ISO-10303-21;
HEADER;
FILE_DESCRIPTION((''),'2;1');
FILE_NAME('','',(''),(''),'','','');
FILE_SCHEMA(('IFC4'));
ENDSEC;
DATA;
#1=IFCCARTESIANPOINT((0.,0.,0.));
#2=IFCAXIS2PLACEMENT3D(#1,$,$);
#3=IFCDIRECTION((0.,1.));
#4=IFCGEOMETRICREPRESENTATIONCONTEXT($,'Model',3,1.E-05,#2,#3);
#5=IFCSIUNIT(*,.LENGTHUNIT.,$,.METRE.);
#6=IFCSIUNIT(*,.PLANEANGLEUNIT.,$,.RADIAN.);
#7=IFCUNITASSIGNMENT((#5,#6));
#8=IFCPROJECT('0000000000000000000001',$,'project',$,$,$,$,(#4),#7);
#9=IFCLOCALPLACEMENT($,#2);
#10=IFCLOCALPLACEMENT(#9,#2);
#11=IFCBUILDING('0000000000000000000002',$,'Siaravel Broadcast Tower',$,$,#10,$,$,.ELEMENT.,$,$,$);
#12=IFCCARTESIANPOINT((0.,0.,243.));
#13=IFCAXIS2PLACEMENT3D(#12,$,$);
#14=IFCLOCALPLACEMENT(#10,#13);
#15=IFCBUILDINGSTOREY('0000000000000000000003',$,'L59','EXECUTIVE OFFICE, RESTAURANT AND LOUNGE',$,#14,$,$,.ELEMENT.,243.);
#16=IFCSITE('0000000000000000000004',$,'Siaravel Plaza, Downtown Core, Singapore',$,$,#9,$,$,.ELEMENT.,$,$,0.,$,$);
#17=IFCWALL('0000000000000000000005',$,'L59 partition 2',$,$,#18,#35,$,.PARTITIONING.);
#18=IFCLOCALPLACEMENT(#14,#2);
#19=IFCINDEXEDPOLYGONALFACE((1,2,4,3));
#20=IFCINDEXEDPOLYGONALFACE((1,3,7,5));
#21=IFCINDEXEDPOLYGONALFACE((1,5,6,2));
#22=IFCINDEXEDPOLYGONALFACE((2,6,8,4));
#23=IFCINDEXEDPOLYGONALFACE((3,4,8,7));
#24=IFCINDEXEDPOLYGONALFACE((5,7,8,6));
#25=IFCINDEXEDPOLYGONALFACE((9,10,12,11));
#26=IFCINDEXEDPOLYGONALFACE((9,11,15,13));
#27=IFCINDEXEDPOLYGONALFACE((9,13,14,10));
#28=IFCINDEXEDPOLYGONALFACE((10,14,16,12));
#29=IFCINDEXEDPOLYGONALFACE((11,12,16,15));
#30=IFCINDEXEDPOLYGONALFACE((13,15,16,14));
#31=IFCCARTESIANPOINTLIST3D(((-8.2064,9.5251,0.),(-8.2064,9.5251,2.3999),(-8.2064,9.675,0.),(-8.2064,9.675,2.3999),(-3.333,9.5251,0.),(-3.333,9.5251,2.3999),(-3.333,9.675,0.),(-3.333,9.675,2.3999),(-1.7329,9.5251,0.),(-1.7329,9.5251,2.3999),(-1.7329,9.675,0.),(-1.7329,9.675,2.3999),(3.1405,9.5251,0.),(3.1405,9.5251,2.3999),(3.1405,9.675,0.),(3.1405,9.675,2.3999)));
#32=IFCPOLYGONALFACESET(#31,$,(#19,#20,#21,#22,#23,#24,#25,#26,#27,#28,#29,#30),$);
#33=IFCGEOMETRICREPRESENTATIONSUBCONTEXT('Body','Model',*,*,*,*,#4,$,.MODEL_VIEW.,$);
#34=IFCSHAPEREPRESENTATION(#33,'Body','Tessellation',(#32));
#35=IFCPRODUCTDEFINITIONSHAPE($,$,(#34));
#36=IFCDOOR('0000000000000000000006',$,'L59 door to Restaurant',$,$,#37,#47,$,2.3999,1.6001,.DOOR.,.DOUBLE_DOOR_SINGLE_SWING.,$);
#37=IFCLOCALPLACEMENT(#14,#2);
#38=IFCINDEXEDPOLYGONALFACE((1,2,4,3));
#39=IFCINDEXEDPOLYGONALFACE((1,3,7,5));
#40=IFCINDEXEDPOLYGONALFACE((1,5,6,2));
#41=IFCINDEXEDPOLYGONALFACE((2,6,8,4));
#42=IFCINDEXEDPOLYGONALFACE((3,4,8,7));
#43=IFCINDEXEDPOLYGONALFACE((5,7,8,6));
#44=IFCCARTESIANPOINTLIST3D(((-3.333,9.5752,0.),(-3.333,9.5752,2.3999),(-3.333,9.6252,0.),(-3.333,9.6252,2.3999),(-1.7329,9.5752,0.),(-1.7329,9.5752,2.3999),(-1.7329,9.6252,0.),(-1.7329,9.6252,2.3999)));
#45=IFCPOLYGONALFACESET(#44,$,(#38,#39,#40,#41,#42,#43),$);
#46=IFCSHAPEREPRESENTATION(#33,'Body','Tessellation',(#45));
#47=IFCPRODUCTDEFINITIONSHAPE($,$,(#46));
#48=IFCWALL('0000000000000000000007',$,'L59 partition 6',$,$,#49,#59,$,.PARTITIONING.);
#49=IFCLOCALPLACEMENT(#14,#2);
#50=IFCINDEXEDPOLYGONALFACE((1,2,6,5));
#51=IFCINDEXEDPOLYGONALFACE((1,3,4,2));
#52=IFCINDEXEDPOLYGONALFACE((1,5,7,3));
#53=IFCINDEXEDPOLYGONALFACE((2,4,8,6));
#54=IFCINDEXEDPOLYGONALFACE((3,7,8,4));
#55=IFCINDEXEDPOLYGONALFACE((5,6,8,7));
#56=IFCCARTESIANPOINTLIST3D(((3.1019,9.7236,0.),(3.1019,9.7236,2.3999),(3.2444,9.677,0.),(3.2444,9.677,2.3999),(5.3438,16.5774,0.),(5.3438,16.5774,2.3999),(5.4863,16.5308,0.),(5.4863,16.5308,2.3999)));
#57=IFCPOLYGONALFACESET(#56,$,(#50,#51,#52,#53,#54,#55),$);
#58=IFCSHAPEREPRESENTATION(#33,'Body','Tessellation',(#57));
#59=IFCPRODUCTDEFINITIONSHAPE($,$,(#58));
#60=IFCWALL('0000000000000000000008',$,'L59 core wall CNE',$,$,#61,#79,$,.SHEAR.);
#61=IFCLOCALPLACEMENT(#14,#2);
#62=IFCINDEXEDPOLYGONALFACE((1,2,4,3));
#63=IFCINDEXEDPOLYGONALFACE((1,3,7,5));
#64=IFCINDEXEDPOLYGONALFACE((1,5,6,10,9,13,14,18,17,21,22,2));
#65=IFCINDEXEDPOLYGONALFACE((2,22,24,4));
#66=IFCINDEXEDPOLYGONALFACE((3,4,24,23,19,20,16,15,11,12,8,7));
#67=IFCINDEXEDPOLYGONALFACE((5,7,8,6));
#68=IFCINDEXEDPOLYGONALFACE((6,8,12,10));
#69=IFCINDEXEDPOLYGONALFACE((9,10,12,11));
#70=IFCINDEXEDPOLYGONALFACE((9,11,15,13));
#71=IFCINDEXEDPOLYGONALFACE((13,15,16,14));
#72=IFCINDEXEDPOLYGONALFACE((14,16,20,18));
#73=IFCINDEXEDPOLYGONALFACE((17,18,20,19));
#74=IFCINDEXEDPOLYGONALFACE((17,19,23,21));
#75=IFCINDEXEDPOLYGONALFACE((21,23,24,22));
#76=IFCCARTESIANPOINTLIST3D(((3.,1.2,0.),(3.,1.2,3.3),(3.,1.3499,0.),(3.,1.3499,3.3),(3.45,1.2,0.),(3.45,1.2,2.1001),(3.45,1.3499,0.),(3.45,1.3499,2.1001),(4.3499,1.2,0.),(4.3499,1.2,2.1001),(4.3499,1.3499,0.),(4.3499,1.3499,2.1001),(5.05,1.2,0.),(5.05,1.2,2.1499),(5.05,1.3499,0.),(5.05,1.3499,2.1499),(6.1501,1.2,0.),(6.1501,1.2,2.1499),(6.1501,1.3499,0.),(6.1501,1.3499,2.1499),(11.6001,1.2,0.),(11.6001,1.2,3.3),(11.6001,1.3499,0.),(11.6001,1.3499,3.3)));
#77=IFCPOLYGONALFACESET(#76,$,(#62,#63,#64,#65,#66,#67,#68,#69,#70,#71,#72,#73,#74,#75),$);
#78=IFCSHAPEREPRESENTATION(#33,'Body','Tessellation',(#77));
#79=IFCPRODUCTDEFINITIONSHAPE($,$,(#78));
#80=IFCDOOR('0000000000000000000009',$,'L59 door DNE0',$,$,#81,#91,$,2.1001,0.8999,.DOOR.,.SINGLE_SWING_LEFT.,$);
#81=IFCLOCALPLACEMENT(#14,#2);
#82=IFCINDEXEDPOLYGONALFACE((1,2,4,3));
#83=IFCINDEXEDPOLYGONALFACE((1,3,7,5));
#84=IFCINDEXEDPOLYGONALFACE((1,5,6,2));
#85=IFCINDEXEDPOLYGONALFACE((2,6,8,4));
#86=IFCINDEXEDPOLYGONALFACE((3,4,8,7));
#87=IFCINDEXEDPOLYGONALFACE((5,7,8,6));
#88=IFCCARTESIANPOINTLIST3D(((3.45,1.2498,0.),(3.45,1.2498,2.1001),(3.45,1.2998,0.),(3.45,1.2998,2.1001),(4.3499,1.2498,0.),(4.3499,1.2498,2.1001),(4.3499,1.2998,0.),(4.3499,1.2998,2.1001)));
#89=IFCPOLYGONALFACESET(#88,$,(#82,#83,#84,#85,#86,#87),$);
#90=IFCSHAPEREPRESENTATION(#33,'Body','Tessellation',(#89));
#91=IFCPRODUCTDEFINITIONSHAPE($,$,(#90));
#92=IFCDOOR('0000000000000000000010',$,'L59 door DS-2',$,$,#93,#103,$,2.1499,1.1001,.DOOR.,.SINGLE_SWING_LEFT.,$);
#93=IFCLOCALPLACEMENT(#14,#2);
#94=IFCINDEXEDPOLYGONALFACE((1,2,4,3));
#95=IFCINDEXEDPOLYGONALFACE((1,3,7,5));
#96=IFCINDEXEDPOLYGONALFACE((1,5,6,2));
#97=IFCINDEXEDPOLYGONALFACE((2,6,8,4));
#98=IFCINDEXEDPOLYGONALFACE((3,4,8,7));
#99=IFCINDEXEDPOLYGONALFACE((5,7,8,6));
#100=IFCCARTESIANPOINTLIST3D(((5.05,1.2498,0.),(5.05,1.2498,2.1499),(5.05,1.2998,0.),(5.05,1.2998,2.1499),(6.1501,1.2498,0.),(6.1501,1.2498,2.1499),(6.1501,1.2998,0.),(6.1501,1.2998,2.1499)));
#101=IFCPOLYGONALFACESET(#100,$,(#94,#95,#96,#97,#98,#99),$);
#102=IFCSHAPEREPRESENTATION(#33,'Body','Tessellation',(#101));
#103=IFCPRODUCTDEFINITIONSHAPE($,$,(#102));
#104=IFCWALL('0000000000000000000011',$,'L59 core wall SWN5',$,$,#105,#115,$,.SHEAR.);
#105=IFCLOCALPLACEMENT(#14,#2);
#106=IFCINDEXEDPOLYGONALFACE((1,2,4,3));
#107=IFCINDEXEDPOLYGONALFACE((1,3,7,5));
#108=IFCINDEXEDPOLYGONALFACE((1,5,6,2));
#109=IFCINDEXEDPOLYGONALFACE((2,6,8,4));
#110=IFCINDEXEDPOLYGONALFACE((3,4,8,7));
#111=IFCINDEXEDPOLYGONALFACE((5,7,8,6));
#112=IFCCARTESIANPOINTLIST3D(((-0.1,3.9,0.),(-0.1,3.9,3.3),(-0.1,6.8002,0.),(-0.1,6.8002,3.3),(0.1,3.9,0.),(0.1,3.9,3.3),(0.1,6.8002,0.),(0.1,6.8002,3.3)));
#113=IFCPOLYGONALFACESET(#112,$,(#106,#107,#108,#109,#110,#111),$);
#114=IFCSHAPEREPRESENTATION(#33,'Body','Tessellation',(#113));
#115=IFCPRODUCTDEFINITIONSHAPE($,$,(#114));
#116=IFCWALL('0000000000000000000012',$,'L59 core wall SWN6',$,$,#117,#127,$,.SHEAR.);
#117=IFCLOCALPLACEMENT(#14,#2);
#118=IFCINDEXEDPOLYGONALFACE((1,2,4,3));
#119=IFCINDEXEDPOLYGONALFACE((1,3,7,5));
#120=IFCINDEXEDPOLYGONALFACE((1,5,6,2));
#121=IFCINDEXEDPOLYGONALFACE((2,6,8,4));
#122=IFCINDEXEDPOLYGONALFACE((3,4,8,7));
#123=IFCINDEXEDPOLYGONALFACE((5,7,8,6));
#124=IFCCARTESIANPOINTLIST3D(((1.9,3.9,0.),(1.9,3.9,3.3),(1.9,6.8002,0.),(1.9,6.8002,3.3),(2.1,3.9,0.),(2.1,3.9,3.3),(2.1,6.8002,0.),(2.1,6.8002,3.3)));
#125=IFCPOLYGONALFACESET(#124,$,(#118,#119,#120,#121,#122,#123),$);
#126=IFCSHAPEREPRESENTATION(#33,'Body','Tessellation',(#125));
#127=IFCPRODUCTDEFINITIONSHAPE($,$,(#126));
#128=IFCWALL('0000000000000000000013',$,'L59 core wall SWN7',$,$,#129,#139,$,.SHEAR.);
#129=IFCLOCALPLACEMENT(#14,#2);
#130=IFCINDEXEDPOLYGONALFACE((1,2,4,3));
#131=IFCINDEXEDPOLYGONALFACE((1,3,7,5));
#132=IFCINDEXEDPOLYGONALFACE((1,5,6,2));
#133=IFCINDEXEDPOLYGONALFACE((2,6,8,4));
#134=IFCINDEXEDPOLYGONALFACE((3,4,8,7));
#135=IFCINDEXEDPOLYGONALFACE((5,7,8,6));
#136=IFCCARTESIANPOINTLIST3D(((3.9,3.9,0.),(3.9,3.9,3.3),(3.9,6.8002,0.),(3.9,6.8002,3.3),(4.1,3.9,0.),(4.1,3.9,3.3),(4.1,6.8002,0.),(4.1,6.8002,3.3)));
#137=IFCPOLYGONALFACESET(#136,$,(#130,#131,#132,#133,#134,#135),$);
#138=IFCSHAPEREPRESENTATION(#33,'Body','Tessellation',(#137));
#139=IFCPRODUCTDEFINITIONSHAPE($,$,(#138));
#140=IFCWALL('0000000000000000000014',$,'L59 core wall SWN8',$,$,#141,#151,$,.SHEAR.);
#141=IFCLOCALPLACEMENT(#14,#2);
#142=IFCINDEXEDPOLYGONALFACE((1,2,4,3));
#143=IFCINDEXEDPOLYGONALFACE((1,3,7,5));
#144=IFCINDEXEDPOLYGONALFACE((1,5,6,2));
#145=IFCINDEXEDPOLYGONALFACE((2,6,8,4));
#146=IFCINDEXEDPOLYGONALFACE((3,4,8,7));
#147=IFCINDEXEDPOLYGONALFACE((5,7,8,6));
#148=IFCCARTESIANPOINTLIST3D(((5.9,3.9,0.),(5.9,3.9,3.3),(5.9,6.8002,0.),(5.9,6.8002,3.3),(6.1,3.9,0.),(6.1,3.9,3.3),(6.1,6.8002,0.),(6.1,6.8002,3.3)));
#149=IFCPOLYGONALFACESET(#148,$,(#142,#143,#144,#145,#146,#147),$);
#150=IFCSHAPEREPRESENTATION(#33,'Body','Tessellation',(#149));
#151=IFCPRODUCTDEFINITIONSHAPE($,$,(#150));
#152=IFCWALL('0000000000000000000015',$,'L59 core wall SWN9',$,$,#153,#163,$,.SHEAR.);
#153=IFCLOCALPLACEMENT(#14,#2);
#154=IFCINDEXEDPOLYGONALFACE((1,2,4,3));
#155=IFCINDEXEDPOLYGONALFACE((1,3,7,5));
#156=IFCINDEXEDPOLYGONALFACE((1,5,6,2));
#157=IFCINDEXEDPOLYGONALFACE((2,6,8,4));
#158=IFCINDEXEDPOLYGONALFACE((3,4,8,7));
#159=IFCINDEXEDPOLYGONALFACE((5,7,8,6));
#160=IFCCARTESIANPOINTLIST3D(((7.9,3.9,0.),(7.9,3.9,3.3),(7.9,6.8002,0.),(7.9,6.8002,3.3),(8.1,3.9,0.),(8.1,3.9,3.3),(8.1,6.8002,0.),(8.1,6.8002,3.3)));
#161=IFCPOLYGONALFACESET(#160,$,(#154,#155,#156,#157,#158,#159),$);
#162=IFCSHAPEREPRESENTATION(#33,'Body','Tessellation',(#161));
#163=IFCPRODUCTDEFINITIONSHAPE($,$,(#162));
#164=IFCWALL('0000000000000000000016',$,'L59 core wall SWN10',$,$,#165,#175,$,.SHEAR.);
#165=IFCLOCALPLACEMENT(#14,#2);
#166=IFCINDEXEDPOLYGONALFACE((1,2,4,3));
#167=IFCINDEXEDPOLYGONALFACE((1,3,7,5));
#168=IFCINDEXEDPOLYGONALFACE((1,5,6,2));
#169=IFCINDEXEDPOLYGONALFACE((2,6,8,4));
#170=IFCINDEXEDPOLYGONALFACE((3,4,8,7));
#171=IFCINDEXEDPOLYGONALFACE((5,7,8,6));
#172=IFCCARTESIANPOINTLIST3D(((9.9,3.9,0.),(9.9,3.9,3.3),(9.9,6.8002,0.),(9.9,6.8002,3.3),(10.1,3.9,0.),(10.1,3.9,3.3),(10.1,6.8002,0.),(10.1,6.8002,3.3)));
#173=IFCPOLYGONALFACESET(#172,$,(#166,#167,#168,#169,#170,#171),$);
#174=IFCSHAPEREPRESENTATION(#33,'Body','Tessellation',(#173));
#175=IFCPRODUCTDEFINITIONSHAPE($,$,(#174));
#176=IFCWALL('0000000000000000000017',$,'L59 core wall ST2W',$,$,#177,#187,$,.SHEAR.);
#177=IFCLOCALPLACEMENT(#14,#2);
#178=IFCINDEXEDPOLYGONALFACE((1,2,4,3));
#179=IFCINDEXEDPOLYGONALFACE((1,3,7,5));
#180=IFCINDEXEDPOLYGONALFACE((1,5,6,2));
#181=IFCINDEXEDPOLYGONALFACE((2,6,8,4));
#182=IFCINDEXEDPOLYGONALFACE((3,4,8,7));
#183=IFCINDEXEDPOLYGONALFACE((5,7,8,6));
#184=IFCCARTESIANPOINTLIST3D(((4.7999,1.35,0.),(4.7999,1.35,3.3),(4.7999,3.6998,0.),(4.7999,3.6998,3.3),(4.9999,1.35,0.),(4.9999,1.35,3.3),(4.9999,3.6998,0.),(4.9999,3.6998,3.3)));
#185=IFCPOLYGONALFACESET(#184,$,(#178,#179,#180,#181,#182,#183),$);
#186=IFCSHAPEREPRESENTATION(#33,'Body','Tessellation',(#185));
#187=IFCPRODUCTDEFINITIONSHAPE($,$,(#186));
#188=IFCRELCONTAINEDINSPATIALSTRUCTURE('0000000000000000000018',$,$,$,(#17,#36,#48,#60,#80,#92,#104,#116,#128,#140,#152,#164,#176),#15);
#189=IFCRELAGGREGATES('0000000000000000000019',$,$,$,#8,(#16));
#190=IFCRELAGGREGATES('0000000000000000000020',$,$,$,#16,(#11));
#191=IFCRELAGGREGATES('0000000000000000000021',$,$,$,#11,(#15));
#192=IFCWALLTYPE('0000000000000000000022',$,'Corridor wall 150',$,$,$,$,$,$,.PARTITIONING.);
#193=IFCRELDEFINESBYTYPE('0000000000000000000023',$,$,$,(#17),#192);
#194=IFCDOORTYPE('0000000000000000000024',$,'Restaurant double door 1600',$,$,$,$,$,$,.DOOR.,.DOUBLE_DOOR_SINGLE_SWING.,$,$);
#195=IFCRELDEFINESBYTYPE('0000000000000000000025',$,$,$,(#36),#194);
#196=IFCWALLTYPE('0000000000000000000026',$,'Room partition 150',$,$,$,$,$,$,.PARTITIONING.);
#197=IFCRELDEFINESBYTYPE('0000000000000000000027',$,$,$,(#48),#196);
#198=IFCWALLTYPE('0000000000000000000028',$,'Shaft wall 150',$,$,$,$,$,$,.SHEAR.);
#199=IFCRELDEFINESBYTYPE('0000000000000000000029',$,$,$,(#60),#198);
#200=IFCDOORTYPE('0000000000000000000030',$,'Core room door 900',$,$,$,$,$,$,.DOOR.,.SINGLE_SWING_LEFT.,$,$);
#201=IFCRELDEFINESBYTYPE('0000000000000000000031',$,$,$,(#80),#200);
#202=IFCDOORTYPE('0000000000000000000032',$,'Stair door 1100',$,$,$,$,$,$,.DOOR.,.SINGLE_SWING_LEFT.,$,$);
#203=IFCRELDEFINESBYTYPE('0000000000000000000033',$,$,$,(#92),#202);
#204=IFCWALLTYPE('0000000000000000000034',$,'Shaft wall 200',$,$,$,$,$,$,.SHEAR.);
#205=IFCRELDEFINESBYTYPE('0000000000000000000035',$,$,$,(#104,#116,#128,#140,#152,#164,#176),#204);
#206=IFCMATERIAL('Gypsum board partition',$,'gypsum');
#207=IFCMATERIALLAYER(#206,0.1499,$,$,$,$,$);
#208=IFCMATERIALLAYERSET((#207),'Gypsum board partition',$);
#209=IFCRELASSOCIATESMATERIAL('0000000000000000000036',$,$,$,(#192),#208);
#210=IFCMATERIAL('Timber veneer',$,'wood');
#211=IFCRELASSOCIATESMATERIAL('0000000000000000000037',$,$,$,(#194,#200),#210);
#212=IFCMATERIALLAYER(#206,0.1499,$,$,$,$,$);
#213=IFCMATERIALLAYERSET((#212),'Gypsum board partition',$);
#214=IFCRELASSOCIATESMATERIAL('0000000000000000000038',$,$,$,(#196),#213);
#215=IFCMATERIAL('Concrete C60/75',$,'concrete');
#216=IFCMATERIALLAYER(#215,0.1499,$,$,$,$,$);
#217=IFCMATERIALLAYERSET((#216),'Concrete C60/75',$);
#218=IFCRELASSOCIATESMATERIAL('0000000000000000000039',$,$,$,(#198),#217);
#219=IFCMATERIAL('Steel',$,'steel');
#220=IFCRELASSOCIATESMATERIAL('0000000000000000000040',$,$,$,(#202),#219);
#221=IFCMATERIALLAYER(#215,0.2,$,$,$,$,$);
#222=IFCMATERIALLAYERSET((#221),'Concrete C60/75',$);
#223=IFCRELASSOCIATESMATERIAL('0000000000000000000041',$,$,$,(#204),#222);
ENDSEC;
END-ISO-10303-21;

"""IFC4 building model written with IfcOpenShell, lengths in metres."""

from ifc_helpers import new_model, si_unit, direction, frame, frame_2d, origin, place, context, subcontext, project, spatial, rectangle, extrude, material, layer, layer_set, type_object, element, fill, save


model = new_model("IFC4")

# Units and contexts
model_context = context("Model", 3, precision=1e-05, world=origin(), true_north=direction((0.0, 1.0)))
body_context = subcontext(model_context, "Body", "Model", "MODEL_VIEW")
ifc_project = project(units=[si_unit("LENGTHUNIT", "METRE"), si_unit("PLANEANGLEUNIT", "RADIAN")], contexts=[model_context])

# Site, building, storey
site_placement = place(None, origin())
site = spatial("IfcSite", under=ifc_project, at=site_placement, Name="Siaravel Plaza, Downtown Core, Singapore", CompositionType="ELEMENT", RefElevation=0.0)
building_placement = place(site_placement, origin())
building = spatial("IfcBuilding", under=site, at=building_placement, Name="Siaravel Broadcast Tower", CompositionType="ELEMENT")
storey_placement = place(building_placement, frame((0.0, 0.0, 243.0)))
storey = spatial("IfcBuildingStorey", under=building, at=storey_placement, Name="L59", Description="EXECUTIVE OFFICE, RESTAURANT AND LOUNGE", CompositionType="ELEMENT", Elevation=243.0)

# Wall, opening, door
ifc_material_1 = material(Name="Gypsum board partition", Category="gypsum")
ifc_layer_1 = layer(ifc_material_1, 0.1499)
ifc_layer_set_1 = layer_set([ifc_layer_1], Name="Gypsum board partition")
wall_type_1 = type_object("IfcWallType", Name="Corridor wall 150", PredefinedType="PARTITIONING", material=ifc_layer_set_1)
wall_1_placement = place(storey_placement, frame((3.1404, 9.6001, 0.0), z_axis=(0.0, 0.0, 1.0), x_axis=(-1.0, 0.0, 0.0)))
wall_1 = element("IfcWall", 1, at=wall_1_placement, inside=storey, type_object=wall_type_1, Name="L59 partition 2", PredefinedType="PARTITIONING", context=body_context, shape_type="SweptSolid", body=[
    extrude(rectangle(XDim=11.3469, YDim=0.1499, at=frame_2d((5.6733, 0.0))), origin(), (0.0, 0.0, 1.0), 2.3999),
])
opening_1_placement = place(wall_1_placement, frame((4.8733, 0.0, 0.0)))
opening_1 = element("IfcOpeningElement", 2, at=opening_1_placement, cuts=wall_1, PredefinedType="OPENING", context=body_context, shape_type="SweptSolid", body=[
    extrude(rectangle(XDim=1.6001, YDim=2.3999, at=frame_2d((0.8, 1.2))), frame((0.0, 0.085, 0.0), z_axis=(0.0, -1.0, 0.0), x_axis=(1.0, 0.0, 0.0)), (0.0, 0.0, 1.0), 0.1699),
])
ifc_material_2 = material(Name="Timber veneer", Category="wood")
door_type_1 = type_object("IfcDoorType", Name="Restaurant double door 1600", OperationType="DOUBLE_DOOR_SINGLE_SWING", PredefinedType="DOOR", material=ifc_material_2)
door_1_placement = place(opening_1_placement, origin())
door_1 = element("IfcDoor", 3, at=door_1_placement, inside=storey, type_object=door_type_1, Name="L59 door to Restaurant", OperationType="DOUBLE_DOOR_SINGLE_SWING", OverallHeight=2.3999, OverallWidth=1.6001, PredefinedType="DOOR", context=body_context, shape_type="SweptSolid", body=[
    extrude(rectangle(XDim=1.6001, YDim=2.3999, at=frame_2d((0.8, 1.2))), frame((0.0, 0.0249, 0.0), z_axis=(0.0, -1.0, 0.0), x_axis=(1.0, 0.0, 0.0)), (0.0, 0.0, 1.0), 0.05),
])
fill(opening_1, door_1)

# Wall
ifc_layer_2 = layer(ifc_material_1, 0.1499)
ifc_layer_set_2 = layer_set([ifc_layer_2], Name="Gypsum board partition")
wall_type_2 = type_object("IfcWallType", Name="Room partition 150", PredefinedType="PARTITIONING", material=ifc_layer_set_2)
wall_2_placement = place(storey_placement, frame((5.415, 16.554, 0.0), z_axis=(0.0, 0.0, 1.0), x_axis=(-0.310901, -0.950442, 0.0)))
element("IfcWall", 4, at=wall_2_placement, inside=storey, type_object=wall_type_2, Name="L59 partition 6", PredefinedType="PARTITIONING", context=body_context, shape_type="SweptSolid", body=[
    extrude(rectangle(XDim=7.2112, YDim=0.1499, at=frame_2d((3.6055, 0.0))), origin(), (0.0, 0.0, 1.0), 2.3999),
])

# Wall, openings, doors
ifc_material_3 = material(Name="Concrete C60/75", Category="concrete")
ifc_layer_3 = layer(ifc_material_3, 0.1499)
ifc_layer_set_3 = layer_set([ifc_layer_3], Name="Concrete C60/75")
wall_type_3 = type_object("IfcWallType", Name="Shaft wall 150", PredefinedType="SHEAR", material=ifc_layer_set_3)
wall_3_placement = place(storey_placement, frame((3.0, 1.2749, 0.0), z_axis=(0.0, 0.0, 1.0), x_axis=(1.0, 0.0, 0.0)))
wall_3 = element("IfcWall", 5, at=wall_3_placement, inside=storey, type_object=wall_type_3, Name="L59 core wall CNE", PredefinedType="SHEAR", context=body_context, shape_type="SweptSolid", body=[
    extrude(rectangle(XDim=8.6001, YDim=0.1499, at=frame_2d((4.3, 0.0))), origin(), (0.0, 0.0, 1.0), 3.3),
])
opening_2_placement = place(wall_3_placement, frame((2.05, 0.0, 0.0)))
opening_2 = element("IfcOpeningElement", 6, at=opening_2_placement, cuts=wall_3, PredefinedType="OPENING", context=body_context, shape_type="SweptSolid", body=[
    extrude(rectangle(XDim=1.1001, YDim=2.1499, at=frame_2d((0.55, 1.075))), frame((0.0, 0.085, 0.0), z_axis=(0.0, -1.0, 0.0), x_axis=(1.0, 0.0, 0.0)), (0.0, 0.0, 1.0), 0.1699),
])
opening_3_placement = place(wall_3_placement, frame((0.45, 0.0, 0.0)))
opening_3 = element("IfcOpeningElement", 7, at=opening_3_placement, cuts=wall_3, PredefinedType="OPENING", context=body_context, shape_type="SweptSolid", body=[
    extrude(rectangle(XDim=0.8999, YDim=2.1001, at=frame_2d((0.45, 1.05))), frame((0.0, 0.085, 0.0), z_axis=(0.0, -1.0, 0.0), x_axis=(1.0, 0.0, 0.0)), (0.0, 0.0, 1.0), 0.1699),
])
door_type_2 = type_object("IfcDoorType", Name="Core room door 900", OperationType="SINGLE_SWING_LEFT", PredefinedType="DOOR", material=ifc_material_2)
door_2_placement = place(opening_3_placement, origin())
door_2 = element("IfcDoor", 8, at=door_2_placement, inside=storey, type_object=door_type_2, Name="L59 door DNE0", OperationType="SINGLE_SWING_LEFT", OverallHeight=2.1001, OverallWidth=0.8999, PredefinedType="DOOR", context=body_context, shape_type="SweptSolid", body=[
    extrude(rectangle(XDim=0.8999, YDim=2.1001, at=frame_2d((0.45, 1.05))), frame((0.0, 0.0249, 0.0), z_axis=(0.0, -1.0, 0.0), x_axis=(1.0, 0.0, 0.0)), (0.0, 0.0, 1.0), 0.05),
])
fill(opening_3, door_2)
ifc_material_4 = material(Name="Steel", Category="steel")
door_type_3 = type_object("IfcDoorType", Name="Stair door 1100", OperationType="SINGLE_SWING_LEFT", PredefinedType="DOOR", material=ifc_material_4)
door_3_placement = place(opening_2_placement, origin())
door_3 = element("IfcDoor", 9, at=door_3_placement, inside=storey, type_object=door_type_3, Name="L59 door DS-2", OperationType="SINGLE_SWING_LEFT", OverallHeight=2.1499, OverallWidth=1.1001, PredefinedType="DOOR", context=body_context, shape_type="SweptSolid", body=[
    extrude(rectangle(XDim=1.1001, YDim=2.1499, at=frame_2d((0.55, 1.075))), frame((0.0, 0.0249, 0.0), z_axis=(0.0, -1.0, 0.0), x_axis=(1.0, 0.0, 0.0)), (0.0, 0.0, 1.0), 0.05),
])
fill(opening_2, door_3)

# Walls
ifc_layer_4 = layer(ifc_material_3, 0.2)
ifc_layer_set_4 = layer_set([ifc_layer_4], Name="Concrete C60/75")
wall_type_4 = type_object("IfcWallType", Name="Shaft wall 200", PredefinedType="SHEAR", material=ifc_layer_set_4)
for number, where, z_axis, x_axis, name in (
    (10, (0.0, 3.8999, 0.0), (0.0, 0.0, 1.0), (0.0, 1.0, 0.0), "L59 core wall SWN5"),
    (11, (2.0, 3.8999, 0.0), (0.0, 0.0, 1.0), (0.0, 1.0, 0.0), "L59 core wall SWN6"),
    (12, (4.0, 3.8999, 0.0), (0.0, 0.0, 1.0), (0.0, 1.0, 0.0), "L59 core wall SWN7"),
    (13, (6.0, 3.8999, 0.0), (0.0, 0.0, 1.0), (0.0, 1.0, 0.0), "L59 core wall SWN8"),
    (14, (8.0, 3.8999, 0.0), (0.0, 0.0, 1.0), (0.0, 1.0, 0.0), "L59 core wall SWN9"),
    (15, (10.0, 3.8999, 0.0), (0.0, 0.0, 1.0), (0.0, 1.0, 0.0), "L59 core wall SWN10"),
):
    element("IfcWall", number, at=place(storey_placement, frame(where, z_axis=z_axis, x_axis=x_axis)), inside=storey, type_object=wall_type_4, Name=name, PredefinedType="SHEAR", context=body_context, shape_type="SweptSolid", body=[
        extrude(rectangle(XDim=2.9001, YDim=0.2, at=frame_2d((1.4502, 0.0))), origin(), (0.0, 0.0, 1.0), 3.3),
    ])
wall_4_placement = place(storey_placement, frame((4.8999, 1.3501, 0.0), z_axis=(0.0, 0.0, 1.0), x_axis=(0.0, 1.0, 0.0)))
element("IfcWall", 16, at=wall_4_placement, inside=storey, type_object=wall_type_4, Name="L59 core wall ST2W", PredefinedType="SHEAR", context=body_context, shape_type="SweptSolid", body=[
    extrude(rectangle(XDim=2.3499, YDim=0.2, at=frame_2d((1.1748, 0.0))), origin(), (0.0, 0.0, 1.0), 3.3),
])

save(model, "model.ifc")
